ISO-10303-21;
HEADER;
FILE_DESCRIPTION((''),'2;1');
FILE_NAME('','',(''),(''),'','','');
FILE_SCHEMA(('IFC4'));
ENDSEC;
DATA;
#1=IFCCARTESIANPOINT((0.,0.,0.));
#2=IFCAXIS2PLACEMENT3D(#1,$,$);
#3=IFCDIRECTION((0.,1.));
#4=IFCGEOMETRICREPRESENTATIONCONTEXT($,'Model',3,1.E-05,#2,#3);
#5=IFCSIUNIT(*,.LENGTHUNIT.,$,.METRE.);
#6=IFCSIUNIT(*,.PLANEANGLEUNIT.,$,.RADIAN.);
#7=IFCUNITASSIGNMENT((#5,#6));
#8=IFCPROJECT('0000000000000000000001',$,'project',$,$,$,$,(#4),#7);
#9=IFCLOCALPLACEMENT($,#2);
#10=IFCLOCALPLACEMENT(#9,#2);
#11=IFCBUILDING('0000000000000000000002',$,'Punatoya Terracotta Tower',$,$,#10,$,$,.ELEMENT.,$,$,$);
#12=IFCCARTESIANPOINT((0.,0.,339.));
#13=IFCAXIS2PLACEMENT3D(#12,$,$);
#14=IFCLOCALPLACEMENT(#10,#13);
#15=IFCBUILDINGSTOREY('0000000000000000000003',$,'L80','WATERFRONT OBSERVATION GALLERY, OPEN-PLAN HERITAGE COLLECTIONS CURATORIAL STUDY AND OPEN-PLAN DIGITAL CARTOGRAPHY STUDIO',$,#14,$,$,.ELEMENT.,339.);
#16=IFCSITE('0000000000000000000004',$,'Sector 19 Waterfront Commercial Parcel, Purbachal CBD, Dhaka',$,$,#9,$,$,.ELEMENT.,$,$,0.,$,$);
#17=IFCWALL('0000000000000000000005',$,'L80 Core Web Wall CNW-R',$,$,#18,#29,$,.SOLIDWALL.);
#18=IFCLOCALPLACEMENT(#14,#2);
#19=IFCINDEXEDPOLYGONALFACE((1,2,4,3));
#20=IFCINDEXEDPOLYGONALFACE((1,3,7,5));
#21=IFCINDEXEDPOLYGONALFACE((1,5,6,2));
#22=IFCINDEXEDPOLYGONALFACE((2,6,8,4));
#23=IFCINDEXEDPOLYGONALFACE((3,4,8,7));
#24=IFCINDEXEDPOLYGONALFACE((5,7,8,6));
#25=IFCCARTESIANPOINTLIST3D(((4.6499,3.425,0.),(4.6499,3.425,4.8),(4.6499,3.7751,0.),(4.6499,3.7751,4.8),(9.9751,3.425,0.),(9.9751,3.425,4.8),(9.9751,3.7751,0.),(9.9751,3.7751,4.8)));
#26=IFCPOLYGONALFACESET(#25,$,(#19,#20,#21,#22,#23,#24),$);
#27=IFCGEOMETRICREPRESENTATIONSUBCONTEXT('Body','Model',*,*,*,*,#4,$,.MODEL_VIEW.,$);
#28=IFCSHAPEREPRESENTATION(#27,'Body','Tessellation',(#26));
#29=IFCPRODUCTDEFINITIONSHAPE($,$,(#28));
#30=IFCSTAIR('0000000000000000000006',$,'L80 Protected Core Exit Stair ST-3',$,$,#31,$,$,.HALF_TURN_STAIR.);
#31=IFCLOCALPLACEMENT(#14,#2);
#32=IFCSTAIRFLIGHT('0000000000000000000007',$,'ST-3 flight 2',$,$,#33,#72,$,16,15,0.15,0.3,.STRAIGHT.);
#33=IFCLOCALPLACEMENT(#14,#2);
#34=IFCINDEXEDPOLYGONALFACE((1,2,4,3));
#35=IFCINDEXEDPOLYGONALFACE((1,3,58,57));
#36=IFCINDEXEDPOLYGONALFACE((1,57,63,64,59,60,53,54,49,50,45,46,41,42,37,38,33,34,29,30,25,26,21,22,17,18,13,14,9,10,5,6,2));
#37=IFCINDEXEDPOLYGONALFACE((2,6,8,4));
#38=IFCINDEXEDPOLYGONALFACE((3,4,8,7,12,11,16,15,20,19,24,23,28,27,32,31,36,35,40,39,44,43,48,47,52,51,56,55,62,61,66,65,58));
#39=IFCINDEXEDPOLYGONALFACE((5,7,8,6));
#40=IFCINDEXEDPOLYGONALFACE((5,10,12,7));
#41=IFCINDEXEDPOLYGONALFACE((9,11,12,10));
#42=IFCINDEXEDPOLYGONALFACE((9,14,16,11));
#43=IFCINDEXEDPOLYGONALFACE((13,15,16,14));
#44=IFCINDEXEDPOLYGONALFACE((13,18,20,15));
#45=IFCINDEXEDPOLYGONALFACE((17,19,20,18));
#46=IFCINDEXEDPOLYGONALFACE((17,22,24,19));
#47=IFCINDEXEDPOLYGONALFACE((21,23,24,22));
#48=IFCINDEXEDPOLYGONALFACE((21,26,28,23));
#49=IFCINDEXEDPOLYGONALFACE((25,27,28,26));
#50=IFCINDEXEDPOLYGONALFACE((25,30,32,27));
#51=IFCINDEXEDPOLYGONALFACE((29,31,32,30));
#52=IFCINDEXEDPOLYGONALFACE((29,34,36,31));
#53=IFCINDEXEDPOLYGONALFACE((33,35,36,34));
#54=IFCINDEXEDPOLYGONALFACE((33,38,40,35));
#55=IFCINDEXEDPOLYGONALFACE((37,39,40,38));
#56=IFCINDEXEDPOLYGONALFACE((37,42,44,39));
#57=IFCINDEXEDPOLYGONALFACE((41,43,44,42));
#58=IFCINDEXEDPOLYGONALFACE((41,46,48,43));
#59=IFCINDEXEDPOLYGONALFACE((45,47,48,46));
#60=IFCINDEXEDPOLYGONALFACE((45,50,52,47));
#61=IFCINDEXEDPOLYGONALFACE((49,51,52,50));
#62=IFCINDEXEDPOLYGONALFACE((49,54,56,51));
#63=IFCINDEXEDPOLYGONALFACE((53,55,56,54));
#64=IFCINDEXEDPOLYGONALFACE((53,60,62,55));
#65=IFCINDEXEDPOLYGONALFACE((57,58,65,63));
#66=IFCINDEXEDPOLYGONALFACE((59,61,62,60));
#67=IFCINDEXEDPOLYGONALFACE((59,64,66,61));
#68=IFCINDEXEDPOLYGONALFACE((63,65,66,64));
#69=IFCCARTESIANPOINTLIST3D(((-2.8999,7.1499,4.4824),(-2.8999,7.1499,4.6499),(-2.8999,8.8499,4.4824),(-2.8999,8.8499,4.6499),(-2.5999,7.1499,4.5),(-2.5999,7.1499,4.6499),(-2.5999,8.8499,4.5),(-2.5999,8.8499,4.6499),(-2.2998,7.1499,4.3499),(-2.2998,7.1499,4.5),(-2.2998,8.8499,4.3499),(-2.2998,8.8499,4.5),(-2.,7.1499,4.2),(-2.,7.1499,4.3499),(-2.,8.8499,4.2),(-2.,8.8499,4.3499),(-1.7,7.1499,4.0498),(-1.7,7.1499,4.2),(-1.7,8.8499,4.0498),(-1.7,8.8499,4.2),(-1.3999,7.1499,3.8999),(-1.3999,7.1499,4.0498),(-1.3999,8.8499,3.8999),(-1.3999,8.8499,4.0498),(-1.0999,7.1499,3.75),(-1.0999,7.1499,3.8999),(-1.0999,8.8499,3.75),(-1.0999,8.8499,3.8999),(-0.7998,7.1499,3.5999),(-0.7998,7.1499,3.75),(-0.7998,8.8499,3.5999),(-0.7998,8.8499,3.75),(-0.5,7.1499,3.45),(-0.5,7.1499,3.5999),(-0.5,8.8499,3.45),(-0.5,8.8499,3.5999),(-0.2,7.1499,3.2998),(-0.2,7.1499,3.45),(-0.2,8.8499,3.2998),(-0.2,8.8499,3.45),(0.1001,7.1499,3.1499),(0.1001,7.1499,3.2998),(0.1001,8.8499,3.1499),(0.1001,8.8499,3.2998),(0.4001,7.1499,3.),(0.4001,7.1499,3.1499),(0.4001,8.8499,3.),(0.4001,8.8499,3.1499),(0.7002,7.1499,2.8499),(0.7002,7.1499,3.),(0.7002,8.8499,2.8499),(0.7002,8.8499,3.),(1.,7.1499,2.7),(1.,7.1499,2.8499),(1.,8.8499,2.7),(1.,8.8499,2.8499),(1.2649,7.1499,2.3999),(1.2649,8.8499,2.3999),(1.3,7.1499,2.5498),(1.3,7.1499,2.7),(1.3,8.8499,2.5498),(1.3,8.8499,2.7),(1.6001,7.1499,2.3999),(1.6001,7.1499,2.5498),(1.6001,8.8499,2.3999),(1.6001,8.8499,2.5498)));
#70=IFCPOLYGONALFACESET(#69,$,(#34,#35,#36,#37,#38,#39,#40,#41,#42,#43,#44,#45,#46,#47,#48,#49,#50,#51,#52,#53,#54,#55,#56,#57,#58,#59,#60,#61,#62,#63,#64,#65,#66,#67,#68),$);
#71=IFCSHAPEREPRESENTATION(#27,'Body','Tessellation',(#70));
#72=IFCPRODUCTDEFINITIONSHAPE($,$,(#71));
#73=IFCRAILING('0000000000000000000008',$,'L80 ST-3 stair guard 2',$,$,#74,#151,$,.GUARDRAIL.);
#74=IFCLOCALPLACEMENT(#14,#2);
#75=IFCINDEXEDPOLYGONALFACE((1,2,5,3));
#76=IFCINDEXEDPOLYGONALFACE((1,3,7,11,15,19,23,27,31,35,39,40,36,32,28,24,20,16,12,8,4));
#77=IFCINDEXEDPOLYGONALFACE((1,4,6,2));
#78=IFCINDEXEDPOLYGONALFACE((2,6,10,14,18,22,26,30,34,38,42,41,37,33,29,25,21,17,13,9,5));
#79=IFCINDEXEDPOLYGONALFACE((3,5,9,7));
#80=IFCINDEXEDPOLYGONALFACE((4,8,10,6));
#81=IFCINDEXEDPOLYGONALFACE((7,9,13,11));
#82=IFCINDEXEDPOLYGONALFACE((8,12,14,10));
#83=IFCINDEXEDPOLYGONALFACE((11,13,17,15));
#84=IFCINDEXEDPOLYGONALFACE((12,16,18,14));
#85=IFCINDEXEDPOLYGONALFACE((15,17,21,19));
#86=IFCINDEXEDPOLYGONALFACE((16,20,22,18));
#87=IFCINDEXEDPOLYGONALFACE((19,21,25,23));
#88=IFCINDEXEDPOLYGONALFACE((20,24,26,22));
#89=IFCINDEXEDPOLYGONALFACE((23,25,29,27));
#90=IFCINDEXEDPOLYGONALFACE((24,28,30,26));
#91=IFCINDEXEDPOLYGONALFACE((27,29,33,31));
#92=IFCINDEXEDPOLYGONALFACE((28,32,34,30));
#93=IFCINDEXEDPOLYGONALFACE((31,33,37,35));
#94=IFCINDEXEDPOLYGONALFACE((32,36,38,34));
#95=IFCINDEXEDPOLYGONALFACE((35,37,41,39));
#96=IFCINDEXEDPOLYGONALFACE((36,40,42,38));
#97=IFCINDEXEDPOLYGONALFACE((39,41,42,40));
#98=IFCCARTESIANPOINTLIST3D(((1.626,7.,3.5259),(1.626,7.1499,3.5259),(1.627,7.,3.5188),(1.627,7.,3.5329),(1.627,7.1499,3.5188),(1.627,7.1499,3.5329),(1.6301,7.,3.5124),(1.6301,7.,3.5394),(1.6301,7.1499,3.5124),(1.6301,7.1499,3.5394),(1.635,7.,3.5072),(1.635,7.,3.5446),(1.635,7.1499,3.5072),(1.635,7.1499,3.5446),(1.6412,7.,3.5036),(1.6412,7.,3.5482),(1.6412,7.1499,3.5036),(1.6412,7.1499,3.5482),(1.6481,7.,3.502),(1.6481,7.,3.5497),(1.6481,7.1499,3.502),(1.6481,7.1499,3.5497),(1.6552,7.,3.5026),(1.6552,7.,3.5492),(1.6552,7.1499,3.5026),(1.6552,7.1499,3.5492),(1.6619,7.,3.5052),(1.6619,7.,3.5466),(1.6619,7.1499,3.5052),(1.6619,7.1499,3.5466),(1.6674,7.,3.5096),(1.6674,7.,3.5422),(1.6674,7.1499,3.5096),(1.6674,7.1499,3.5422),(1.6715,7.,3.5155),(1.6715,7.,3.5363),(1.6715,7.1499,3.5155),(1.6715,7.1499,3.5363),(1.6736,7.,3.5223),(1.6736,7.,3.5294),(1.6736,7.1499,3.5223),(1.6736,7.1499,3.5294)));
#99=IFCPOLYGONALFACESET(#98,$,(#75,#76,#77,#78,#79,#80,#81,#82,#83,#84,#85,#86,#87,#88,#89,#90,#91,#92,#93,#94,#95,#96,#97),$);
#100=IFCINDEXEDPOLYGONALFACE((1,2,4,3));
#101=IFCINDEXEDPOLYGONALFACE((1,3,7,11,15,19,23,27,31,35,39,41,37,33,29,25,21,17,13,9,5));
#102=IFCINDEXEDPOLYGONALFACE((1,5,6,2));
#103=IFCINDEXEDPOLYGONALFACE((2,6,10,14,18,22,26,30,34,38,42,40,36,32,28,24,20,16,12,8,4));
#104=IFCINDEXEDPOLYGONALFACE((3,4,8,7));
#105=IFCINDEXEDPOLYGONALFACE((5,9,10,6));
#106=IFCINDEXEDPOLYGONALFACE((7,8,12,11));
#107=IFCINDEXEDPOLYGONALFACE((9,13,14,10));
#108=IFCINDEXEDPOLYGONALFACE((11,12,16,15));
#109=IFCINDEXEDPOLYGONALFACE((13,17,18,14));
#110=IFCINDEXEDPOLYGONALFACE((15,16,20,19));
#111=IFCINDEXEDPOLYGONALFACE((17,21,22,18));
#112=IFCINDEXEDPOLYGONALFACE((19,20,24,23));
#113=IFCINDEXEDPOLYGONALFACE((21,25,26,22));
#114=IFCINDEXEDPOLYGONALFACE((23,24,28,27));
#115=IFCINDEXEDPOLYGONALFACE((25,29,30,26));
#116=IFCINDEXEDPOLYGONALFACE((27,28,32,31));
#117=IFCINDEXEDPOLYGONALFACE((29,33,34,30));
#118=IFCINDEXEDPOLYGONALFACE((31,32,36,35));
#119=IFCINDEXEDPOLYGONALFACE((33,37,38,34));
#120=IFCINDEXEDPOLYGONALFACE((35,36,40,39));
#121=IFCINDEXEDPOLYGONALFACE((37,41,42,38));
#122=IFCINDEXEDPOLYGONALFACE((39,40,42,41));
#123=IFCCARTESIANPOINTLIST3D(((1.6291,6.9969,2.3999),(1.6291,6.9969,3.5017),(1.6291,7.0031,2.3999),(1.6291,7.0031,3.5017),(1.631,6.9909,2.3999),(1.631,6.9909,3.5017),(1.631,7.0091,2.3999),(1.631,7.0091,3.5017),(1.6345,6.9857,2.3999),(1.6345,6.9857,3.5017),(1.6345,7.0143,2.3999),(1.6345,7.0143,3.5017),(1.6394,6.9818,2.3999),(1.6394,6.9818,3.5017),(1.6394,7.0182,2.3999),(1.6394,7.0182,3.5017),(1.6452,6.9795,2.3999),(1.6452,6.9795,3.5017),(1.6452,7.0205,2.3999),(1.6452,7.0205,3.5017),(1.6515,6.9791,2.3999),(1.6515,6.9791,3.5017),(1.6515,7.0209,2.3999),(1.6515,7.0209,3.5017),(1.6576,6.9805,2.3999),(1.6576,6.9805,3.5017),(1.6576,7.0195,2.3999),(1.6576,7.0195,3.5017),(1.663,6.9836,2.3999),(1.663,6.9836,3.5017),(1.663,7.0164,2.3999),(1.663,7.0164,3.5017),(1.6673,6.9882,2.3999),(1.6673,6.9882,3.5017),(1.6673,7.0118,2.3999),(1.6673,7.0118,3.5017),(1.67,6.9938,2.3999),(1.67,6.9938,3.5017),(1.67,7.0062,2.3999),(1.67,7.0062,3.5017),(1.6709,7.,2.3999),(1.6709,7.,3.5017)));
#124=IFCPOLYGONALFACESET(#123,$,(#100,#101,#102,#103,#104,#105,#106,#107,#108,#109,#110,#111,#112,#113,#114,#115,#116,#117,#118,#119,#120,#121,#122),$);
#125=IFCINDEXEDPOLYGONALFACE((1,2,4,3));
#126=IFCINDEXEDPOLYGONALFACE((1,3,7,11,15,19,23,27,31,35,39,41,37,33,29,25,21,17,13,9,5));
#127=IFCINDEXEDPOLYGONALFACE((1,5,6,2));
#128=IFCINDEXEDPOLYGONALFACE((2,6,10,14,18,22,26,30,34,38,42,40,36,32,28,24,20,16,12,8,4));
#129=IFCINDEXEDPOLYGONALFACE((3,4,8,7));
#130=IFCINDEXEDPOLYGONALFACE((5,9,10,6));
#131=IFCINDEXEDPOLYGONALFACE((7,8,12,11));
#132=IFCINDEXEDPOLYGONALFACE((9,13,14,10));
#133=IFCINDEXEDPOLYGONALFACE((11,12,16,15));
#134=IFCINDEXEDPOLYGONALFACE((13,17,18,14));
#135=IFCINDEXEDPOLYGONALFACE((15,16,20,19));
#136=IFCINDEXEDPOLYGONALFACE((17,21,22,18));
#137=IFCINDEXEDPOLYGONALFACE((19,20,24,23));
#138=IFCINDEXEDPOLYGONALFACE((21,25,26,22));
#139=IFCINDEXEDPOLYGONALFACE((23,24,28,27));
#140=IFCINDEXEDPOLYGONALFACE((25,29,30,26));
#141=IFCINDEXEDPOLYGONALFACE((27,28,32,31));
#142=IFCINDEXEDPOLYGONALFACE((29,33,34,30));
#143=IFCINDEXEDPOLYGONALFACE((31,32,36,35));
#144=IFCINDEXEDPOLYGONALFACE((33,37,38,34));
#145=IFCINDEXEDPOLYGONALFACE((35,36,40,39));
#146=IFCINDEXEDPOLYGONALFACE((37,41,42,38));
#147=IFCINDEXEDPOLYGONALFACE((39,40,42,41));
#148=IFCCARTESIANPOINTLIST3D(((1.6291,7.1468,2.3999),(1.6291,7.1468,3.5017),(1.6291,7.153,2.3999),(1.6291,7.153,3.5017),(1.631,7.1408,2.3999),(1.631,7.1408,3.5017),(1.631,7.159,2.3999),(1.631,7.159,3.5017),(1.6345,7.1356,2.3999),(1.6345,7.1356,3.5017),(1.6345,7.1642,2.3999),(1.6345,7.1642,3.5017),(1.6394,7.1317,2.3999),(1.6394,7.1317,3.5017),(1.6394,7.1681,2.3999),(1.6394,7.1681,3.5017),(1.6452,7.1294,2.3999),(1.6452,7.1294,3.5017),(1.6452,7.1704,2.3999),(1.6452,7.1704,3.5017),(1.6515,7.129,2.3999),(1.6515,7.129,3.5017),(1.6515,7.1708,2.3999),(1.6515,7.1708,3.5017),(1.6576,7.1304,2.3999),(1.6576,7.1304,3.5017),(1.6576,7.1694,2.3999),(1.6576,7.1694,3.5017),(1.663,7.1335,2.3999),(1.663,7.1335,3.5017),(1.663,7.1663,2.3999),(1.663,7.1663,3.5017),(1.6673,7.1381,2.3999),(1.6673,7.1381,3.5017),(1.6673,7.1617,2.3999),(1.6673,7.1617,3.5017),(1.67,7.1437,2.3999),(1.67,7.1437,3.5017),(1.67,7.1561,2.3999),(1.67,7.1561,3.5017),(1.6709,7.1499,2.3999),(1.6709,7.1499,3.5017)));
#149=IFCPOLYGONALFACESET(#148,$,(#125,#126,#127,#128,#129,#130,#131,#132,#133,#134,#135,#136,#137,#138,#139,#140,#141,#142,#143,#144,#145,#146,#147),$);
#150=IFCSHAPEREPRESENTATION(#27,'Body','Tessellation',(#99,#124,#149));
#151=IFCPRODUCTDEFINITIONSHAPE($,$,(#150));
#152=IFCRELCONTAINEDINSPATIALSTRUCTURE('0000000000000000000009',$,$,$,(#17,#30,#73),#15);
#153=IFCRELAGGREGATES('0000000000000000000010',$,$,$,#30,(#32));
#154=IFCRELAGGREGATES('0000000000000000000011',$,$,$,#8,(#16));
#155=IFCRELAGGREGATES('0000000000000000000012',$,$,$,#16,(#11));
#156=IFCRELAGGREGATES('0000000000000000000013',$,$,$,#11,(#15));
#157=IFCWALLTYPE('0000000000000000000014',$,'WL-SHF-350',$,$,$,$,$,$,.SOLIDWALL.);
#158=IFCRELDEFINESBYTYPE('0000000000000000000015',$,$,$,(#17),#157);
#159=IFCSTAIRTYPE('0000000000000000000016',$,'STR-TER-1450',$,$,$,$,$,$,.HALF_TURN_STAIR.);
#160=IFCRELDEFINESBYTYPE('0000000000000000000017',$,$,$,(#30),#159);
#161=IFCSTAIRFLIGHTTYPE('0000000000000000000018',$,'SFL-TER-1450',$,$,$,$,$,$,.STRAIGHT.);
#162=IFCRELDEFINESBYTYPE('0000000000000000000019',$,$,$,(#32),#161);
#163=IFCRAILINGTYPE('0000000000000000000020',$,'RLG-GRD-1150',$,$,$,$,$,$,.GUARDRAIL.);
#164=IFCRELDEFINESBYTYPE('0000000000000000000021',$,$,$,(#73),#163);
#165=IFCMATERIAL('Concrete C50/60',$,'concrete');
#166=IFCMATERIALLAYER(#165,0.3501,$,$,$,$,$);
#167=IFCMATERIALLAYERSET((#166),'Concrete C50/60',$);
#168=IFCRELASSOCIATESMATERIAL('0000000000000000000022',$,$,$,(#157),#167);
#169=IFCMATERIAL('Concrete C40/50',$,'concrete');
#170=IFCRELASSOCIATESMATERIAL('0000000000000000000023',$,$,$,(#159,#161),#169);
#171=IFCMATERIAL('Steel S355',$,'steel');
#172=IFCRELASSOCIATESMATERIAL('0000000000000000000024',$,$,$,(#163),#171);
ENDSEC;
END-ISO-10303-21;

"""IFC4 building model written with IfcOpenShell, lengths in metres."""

from ifc_helpers import new_model, si_unit, direction, frame, frame_2d, origin, origin_2d, place, context, subcontext, project, spatial, polyline, rectangle, circle, outline, extrude, material, layer, layer_set, type_object, element, aggregate, save


model = new_model("IFC4")

# Units and contexts
model_context = context("Model", 3, precision=1e-05, world=origin(), true_north=direction((0.0, 1.0)))
body_context = subcontext(model_context, "Body", "Model", "MODEL_VIEW")
ifc_project = project(units=[si_unit("LENGTHUNIT", "METRE"), si_unit("PLANEANGLEUNIT", "RADIAN")], contexts=[model_context])

# Site, building, storey
site_placement = place(None, origin())
site = spatial("IfcSite", under=ifc_project, at=site_placement, Name="Sector 19 Waterfront Commercial Parcel, Purbachal CBD, Dhaka", CompositionType="ELEMENT", RefElevation=0.0)
building_placement = place(site_placement, origin())
building = spatial("IfcBuilding", under=site, at=building_placement, Name="Punatoya Terracotta Tower", CompositionType="ELEMENT")
storey_placement = place(building_placement, frame((0.0, 0.0, 339.0)))
storey = spatial("IfcBuildingStorey", under=building, at=storey_placement, Name="L80", Description="WATERFRONT OBSERVATION GALLERY, OPEN-PLAN HERITAGE COLLECTIONS CURATORIAL STUDY AND OPEN-PLAN DIGITAL CARTOGRAPHY STUDIO", CompositionType="ELEMENT", Elevation=339.0)

# Shared definitions
ifc_material_1 = material(Name="Steel S355", Category="steel")

# Shared definitions
ifc_material_2 = material(Name="Concrete C50/60", Category="concrete")

# Wall
ifc_material_3 = material(Name="Concrete C40/50", Category="concrete")
ifc_layer_1 = layer(ifc_material_2, 0.3501)
ifc_layer_set_1 = layer_set([ifc_layer_1], Name="Concrete C50/60")
wall_type_1 = type_object("IfcWallType", Name="WL-SHF-350", PredefinedType="SOLIDWALL", material=ifc_layer_set_1)
wall_1_placement = place(storey_placement, frame((4.6499, 3.6001, 0.0), z_axis=(0.0, 0.0, 1.0), x_axis=(1.0, 0.0, 0.0)))
element("IfcWall", 1, at=wall_1_placement, inside=storey, type_object=wall_type_1, Name="L80 Core Web Wall CNW-R", PredefinedType="SOLIDWALL", context=body_context, shape_type="SweptSolid", body=[
    extrude(rectangle(XDim=5.3252, YDim=0.3501, at=frame_2d((2.6626, 0.0))), origin(), (0.0, 0.0, 1.0), 4.8),
])

# Stair, stair flight
stair_type = type_object("IfcStairType", Name="STR-TER-1450", PredefinedType="HALF_TURN_STAIR", material=ifc_material_3)
stair_placement = place(storey_placement, origin())
stair = element("IfcStair", 2, at=stair_placement, inside=storey, type_object=stair_type, Name="L80 Protected Core Exit Stair ST-3", PredefinedType="HALF_TURN_STAIR")
stair_flight_type = type_object("IfcStairFlightType", Name="SFL-TER-1450", PredefinedType="STRAIGHT", material=ifc_material_3)
stair_flight_placement = place(storey_placement, frame((1.6001, 8.0, 2.3999), z_axis=(0.0, 0.0, 1.0), x_axis=(-1.0, 0.0, 0.0)))
stair_flight = element("IfcStairFlight", 3, at=stair_flight_placement, type_object=stair_flight_type, Name="ST-3 flight 2", NumberOfRisers=16, NumberOfTreads=15, PredefinedType="STRAIGHT", RiserHeight=0.15, TreadLength=0.3, context=body_context, shape_type="SweptSolid", body=[
    extrude(outline(polyline([(0.0, 0.0), (0.0, 0.1499), (0.3, 0.1499), (0.3, 0.3), (0.6001, 0.3), (0.6001, 0.45), (0.8999, 0.45), (0.8999, 0.6001), (1.2, 0.6001), (1.2, 0.75), (1.5, 0.75), (1.5, 0.8999), (1.8, 0.8999), (1.8, 1.05), (2.1001, 1.05), (2.1001, 1.2), (2.3999, 1.2), (2.3999, 1.3501), (2.7, 1.3501), (2.7, 1.5), (3.0, 1.5), (3.0, 1.6499), (3.3, 1.6499), (3.3, 1.8), (3.6001, 1.8), (3.6001, 1.95), (3.8999, 1.95), (3.8999, 2.1001), (4.2, 2.1001), (4.2, 2.25), (4.5, 2.25), (4.5, 2.3999), (4.5, 2.0825), (0.3352, 0.0), (0.0, 0.0)])), frame((0.0, 0.8501, 0.0), z_axis=(0.0, -1.0, 0.0), x_axis=(1.0, 0.0, 0.0)), (0.0, 0.0, 1.0), 1.7),
])
aggregate(stair, [stair_flight])

# Railing
railing_type_1 = type_object("IfcRailingType", Name="RLG-GRD-1150", PredefinedType="GUARDRAIL", material=ifc_material_1)
railing_1_placement = place(storey_placement, frame((1.6499, 7.0, 2.3999)))
element("IfcRailing", 4, at=railing_1_placement, inside=storey, type_object=railing_type_1, Name="L80 ST-3 stair guard 2", PredefinedType="GUARDRAIL", context=body_context, shape_type="SweptSolid", body=[
    extrude(circle(Radius=0.0239, at=origin_2d()), frame((0.0, 0.0, 1.126), z_axis=(0.0, 1.0, 0.0), x_axis=(-1.0, 0.0, 0.0)), (0.0, 0.0, 1.0), 0.1499),
    extrude(circle(Radius=0.021, at=origin_2d()), origin(), (0.0, 0.0, 1.0), 1.1018),
    extrude(circle(Radius=0.021, at=origin_2d()), frame((0.0, 0.1499, 0.0)), (0.0, 0.0, 1.0), 1.1018),
])

save(model, "model.ifc")
